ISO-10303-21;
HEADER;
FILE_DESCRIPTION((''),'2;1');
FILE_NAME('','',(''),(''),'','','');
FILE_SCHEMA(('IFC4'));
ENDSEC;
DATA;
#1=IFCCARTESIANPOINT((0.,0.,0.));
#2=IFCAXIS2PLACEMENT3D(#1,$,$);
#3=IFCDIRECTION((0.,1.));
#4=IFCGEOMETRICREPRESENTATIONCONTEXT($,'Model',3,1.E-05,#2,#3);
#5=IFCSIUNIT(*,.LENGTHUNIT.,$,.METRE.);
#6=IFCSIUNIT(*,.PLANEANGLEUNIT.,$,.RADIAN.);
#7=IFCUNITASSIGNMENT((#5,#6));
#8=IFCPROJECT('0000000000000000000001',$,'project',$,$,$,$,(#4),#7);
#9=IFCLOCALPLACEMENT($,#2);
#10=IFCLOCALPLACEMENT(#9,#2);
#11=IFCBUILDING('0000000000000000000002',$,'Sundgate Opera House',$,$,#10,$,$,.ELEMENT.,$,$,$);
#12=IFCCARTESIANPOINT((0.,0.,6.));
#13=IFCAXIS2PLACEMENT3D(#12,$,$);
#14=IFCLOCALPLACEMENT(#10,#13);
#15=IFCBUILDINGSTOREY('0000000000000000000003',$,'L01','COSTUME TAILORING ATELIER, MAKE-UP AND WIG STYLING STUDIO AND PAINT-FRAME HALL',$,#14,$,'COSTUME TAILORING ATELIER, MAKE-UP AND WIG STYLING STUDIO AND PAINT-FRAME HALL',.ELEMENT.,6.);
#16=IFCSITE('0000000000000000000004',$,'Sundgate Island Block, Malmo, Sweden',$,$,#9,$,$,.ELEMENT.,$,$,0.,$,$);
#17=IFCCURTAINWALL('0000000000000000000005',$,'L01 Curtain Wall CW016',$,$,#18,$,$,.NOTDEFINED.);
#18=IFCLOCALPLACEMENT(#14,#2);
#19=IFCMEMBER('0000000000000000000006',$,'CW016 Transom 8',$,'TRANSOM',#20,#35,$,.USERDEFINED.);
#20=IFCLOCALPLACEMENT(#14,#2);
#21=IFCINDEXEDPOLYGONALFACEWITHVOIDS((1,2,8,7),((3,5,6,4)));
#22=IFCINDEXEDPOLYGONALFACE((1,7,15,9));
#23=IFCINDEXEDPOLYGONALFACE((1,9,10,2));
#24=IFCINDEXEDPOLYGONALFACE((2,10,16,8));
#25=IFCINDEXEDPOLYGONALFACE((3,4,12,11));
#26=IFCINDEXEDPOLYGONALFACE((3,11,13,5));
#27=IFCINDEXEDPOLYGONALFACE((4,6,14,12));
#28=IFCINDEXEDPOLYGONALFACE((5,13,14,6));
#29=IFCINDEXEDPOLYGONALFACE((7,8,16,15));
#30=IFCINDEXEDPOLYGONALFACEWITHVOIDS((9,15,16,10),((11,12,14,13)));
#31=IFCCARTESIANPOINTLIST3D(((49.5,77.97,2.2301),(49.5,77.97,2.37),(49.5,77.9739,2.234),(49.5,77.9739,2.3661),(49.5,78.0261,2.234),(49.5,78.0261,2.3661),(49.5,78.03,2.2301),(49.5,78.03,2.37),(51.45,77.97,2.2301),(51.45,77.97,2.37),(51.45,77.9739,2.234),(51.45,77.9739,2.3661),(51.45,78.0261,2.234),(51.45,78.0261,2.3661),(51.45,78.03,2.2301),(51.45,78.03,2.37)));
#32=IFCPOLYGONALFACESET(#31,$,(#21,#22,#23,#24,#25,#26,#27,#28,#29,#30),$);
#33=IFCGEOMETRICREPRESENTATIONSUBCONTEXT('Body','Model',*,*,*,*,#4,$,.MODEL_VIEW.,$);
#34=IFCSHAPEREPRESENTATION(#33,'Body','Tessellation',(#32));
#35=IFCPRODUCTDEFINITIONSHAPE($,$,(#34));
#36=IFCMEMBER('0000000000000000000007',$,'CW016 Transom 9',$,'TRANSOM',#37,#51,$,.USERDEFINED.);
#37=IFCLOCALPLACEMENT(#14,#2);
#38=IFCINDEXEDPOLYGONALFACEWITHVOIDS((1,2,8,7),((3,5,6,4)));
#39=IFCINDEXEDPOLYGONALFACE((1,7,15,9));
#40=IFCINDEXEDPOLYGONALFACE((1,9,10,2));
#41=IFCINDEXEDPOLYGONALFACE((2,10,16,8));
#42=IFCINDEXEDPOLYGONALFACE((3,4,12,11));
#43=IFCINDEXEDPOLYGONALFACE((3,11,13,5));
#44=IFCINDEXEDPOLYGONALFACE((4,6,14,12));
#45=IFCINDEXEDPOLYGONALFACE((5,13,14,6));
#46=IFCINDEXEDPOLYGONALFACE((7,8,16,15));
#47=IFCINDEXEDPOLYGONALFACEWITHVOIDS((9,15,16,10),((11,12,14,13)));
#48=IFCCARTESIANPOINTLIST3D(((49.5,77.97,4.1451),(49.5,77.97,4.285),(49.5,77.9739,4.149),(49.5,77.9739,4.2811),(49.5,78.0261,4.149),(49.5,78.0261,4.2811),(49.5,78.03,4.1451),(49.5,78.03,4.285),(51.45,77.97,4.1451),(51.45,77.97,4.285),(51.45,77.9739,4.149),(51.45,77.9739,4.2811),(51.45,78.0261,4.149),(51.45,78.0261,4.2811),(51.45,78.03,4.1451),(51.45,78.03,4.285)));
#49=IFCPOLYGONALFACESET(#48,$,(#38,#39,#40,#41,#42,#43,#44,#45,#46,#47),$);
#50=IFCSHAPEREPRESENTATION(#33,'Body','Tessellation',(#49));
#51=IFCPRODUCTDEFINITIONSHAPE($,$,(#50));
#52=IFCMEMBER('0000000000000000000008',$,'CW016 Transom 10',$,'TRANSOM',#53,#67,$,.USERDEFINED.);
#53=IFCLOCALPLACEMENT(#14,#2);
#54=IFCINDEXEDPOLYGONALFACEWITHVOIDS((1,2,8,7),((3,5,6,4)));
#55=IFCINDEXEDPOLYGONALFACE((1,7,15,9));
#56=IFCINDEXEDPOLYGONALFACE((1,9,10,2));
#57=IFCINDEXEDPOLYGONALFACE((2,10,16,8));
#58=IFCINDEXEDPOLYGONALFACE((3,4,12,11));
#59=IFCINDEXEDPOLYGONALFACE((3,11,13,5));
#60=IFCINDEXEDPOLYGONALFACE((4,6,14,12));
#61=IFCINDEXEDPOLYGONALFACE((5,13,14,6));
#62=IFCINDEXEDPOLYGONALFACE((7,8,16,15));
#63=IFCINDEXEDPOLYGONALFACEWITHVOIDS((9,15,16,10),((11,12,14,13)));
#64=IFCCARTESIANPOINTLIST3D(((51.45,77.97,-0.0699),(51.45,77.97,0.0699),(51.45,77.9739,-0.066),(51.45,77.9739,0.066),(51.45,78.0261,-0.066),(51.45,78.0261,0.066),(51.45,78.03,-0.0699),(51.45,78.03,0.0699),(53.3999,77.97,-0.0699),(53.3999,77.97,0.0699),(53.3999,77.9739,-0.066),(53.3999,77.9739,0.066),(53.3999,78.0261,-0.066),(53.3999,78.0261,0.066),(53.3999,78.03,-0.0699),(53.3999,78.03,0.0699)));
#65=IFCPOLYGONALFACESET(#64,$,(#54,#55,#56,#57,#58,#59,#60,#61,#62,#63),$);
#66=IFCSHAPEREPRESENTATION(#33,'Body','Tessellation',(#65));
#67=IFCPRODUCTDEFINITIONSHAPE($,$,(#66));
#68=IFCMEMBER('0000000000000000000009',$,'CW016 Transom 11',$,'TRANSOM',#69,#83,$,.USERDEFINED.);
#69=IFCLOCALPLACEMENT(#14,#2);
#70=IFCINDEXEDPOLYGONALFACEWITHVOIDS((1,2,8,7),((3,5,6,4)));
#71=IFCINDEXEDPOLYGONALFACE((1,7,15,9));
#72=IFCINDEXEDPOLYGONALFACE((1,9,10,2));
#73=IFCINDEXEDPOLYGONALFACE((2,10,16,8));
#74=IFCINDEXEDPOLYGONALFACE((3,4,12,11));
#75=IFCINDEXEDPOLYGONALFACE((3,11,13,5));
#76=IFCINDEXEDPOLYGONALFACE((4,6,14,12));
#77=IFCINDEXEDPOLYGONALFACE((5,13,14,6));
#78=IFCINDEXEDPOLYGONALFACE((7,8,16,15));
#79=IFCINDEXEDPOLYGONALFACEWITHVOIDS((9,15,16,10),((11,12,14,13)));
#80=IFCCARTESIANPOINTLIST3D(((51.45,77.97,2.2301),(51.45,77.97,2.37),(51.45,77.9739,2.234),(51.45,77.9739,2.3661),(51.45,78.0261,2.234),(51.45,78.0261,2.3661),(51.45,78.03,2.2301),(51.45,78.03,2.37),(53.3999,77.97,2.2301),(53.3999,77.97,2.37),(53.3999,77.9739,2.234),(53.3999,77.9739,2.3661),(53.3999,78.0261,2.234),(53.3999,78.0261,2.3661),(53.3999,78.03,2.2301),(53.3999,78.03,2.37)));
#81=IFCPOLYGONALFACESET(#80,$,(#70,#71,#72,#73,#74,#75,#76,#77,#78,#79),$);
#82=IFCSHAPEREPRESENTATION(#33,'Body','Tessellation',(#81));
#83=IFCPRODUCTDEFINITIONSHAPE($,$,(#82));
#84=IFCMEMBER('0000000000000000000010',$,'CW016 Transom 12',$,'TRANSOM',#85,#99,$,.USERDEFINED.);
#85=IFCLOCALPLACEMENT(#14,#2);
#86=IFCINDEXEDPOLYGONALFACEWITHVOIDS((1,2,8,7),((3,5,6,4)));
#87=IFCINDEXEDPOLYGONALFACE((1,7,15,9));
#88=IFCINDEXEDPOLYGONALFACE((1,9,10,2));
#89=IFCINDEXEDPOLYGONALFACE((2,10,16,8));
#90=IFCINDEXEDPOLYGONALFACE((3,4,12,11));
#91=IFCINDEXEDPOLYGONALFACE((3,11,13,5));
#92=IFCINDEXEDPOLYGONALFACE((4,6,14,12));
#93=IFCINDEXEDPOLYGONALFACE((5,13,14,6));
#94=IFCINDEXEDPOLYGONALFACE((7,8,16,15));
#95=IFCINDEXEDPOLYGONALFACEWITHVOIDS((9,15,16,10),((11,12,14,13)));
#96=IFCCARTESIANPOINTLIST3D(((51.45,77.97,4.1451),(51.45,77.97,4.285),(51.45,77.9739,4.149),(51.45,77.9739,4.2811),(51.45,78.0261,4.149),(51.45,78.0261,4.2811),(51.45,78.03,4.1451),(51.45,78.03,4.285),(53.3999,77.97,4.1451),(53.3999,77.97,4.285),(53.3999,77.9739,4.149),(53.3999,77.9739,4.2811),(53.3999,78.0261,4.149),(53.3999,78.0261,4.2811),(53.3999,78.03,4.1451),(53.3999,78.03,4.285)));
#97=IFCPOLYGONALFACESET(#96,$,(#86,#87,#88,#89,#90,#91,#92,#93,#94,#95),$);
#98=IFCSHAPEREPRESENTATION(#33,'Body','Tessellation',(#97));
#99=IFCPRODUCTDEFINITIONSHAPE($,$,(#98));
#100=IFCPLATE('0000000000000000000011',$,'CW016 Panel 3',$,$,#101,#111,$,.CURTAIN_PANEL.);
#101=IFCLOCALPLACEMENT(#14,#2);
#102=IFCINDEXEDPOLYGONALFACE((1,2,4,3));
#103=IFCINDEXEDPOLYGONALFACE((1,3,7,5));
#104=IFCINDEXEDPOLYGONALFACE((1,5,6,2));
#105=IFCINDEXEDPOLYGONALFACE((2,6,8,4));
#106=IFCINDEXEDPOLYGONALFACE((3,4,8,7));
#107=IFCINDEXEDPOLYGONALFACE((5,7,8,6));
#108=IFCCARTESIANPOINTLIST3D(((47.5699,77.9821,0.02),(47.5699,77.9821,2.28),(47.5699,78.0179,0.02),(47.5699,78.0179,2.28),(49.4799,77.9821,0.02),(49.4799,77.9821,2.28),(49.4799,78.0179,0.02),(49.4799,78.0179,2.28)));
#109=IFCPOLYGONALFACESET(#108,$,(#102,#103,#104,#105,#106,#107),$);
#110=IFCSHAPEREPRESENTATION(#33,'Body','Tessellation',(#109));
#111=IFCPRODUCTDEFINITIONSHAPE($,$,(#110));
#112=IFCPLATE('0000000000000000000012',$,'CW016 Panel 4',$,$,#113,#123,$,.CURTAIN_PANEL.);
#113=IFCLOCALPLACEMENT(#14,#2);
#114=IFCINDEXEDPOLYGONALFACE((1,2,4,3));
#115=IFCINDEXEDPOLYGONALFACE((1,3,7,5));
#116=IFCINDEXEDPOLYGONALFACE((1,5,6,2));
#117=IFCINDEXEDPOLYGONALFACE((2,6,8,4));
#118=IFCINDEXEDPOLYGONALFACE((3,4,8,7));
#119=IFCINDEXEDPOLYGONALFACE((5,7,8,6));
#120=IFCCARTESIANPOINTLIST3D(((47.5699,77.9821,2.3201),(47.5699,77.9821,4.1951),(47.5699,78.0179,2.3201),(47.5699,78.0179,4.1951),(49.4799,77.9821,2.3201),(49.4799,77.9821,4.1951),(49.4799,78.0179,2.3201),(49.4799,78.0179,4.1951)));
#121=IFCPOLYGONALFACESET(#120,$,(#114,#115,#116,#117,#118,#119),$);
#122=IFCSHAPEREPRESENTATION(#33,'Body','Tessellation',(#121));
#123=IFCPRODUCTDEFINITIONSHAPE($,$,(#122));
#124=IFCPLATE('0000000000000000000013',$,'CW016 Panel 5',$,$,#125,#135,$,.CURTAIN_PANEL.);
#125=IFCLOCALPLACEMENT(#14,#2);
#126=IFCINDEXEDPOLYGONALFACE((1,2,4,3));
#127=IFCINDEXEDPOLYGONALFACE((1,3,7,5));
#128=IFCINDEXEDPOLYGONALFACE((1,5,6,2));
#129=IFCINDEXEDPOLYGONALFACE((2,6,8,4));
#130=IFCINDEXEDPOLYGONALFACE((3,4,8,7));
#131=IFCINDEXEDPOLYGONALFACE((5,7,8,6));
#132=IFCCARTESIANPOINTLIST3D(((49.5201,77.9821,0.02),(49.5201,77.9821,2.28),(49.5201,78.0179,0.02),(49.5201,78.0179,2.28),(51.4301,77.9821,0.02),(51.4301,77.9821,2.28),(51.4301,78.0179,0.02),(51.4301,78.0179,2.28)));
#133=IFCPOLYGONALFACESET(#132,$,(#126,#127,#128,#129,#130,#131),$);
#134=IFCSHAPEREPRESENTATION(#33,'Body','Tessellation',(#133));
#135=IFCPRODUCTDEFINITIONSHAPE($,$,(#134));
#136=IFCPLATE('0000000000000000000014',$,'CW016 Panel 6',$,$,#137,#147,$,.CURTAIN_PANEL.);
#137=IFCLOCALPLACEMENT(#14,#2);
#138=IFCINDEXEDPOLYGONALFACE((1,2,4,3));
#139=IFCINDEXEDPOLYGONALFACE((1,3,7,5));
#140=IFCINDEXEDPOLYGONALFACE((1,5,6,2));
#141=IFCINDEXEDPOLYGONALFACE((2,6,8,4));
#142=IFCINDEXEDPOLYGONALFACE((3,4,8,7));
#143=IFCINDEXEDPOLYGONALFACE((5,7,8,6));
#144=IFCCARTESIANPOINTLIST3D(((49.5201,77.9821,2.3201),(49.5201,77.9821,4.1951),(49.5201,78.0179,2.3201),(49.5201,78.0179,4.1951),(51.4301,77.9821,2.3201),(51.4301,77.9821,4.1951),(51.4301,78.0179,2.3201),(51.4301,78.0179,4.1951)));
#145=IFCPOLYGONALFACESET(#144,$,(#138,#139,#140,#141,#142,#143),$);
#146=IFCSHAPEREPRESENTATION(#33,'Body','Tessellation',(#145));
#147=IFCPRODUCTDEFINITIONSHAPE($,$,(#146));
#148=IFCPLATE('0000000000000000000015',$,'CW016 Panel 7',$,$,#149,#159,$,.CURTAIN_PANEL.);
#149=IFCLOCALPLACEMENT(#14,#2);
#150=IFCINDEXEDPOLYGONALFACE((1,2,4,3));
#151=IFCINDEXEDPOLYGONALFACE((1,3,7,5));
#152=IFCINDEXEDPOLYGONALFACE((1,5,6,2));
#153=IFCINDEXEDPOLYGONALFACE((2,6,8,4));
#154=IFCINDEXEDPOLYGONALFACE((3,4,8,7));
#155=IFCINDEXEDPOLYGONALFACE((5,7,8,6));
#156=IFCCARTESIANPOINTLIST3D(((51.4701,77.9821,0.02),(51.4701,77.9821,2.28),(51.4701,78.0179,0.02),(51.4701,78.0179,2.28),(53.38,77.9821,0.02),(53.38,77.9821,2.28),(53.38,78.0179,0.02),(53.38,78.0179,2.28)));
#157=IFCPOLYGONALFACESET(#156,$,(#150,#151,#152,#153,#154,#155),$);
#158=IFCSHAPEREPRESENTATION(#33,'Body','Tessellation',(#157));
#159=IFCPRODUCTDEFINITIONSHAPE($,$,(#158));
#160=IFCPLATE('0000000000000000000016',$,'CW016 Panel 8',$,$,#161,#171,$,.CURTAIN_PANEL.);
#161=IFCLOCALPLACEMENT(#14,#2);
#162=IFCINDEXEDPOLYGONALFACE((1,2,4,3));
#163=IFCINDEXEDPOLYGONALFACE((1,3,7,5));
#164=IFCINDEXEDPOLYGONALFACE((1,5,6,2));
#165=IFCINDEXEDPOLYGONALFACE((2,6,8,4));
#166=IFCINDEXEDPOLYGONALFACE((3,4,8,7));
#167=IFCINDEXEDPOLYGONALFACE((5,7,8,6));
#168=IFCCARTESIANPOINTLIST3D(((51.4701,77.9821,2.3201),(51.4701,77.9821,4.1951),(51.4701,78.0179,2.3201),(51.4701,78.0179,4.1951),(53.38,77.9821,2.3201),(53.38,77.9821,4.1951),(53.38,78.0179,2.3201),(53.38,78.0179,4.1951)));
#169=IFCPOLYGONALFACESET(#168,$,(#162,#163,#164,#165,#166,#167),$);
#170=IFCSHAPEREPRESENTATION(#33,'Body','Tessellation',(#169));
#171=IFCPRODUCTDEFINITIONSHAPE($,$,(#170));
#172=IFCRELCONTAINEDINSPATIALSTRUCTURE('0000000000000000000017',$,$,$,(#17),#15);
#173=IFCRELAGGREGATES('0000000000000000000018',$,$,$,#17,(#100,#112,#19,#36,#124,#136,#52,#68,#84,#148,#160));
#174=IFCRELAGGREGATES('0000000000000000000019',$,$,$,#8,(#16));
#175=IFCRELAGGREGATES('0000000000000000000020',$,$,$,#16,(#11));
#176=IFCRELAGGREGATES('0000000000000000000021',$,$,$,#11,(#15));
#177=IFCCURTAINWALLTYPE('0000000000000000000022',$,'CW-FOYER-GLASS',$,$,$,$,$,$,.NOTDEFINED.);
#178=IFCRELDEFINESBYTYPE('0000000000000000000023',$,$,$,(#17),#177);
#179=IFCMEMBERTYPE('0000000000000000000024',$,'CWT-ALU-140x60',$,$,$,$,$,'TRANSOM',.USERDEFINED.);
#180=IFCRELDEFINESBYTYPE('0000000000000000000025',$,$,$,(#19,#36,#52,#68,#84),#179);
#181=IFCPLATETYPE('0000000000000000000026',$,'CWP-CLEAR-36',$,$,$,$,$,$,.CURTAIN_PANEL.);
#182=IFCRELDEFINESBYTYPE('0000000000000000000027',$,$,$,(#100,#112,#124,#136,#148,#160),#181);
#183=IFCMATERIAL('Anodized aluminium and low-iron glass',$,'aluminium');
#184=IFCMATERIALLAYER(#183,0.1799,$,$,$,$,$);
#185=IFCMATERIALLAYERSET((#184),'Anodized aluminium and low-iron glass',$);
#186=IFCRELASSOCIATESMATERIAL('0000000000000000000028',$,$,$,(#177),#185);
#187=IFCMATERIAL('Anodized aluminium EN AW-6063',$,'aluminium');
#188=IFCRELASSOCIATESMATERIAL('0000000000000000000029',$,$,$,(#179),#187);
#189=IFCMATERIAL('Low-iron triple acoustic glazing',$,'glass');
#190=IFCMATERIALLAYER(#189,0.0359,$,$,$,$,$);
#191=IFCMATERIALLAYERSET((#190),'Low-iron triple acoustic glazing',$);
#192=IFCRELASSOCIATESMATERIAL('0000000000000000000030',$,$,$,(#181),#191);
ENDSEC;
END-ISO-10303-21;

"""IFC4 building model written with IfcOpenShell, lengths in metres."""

from ifc_helpers import new_model, si_unit, direction, frame, origin, origin_2d, place, context, subcontext, project, spatial, rectangle, hollow_rectangle, extrude, material, layer, layer_set, material_profile, profile_set, type_object, element, aggregate, save


model = new_model("IFC4")

# Units and contexts
model_context = context("Model", 3, precision=1e-05, world=origin(), true_north=direction((0.0, 1.0)))
body_context = subcontext(model_context, "Body", "Model", "MODEL_VIEW")
ifc_project = project(units=[si_unit("LENGTHUNIT", "METRE"), si_unit("PLANEANGLEUNIT", "RADIAN")], contexts=[model_context])

# Site, building, storey
site_placement = place(None, origin())
site = spatial("IfcSite", under=ifc_project, at=site_placement, Name="Sundgate Island Block, Malmo, Sweden", CompositionType="ELEMENT", RefElevation=0.0)
building_placement = place(site_placement, origin())
building = spatial("IfcBuilding", under=site, at=building_placement, Name="Sundgate Opera House", CompositionType="ELEMENT")
storey_placement = place(building_placement, frame((0.0, 0.0, 6.0)))
storey = spatial("IfcBuildingStorey", under=building, at=storey_placement, Name="L01", Description="COSTUME TAILORING ATELIER, MAKE-UP AND WIG STYLING STUDIO AND PAINT-FRAME HALL", LongName="COSTUME TAILORING ATELIER, MAKE-UP AND WIG STYLING STUDIO AND PAINT-FRAME HALL", CompositionType="ELEMENT", Elevation=6.0)

# Curtain wall
ifc_material_1 = material(Name="Anodized aluminium and low-iron glass", Category="aluminium")
ifc_layer_1 = layer(ifc_material_1, 0.1799)
ifc_layer_set_1 = layer_set([ifc_layer_1], Name="Anodized aluminium and low-iron glass")
curtain_wall_type = type_object("IfcCurtainWallType", Name="CW-FOYER-GLASS", PredefinedType="NOTDEFINED", material=ifc_layer_set_1)
curtain_wall_1_placement = place(storey_placement, origin())
curtain_wall_1 = element("IfcCurtainWall", 1, at=curtain_wall_1_placement, inside=storey, type_object=curtain_wall_type, Name="L01 Curtain Wall CW016", PredefinedType="NOTDEFINED")

# Members
ifc_material_2 = material(Name="Anodized aluminium EN AW-6063", Category="aluminium")
ifc_material_profile_1 = material_profile(ifc_material_2, hollow_rectangle(XDim=0.0601, YDim=0.1399, WallThickness=0.0039, at=origin_2d()), Name="CWT 140x60x4")
ifc_profile_set_1 = profile_set([ifc_material_profile_1], Name="Anodized aluminium EN AW-6063")
member_type_1 = type_object("IfcMemberType", Name="CWT-ALU-140x60", ElementType="TRANSOM", PredefinedType="USERDEFINED", material=ifc_profile_set_1)
member_1_placement = place(storey_placement, frame((49.5, 78.0, 2.3), z_axis=(1.0, 0.0, 0.0), x_axis=(0.0, 1.0, 0.0)))
member_1 = element("IfcMember", 2, at=member_1_placement, type_object=member_type_1, Name="CW016 Transom 8", ObjectType="TRANSOM", PredefinedType="USERDEFINED", context=body_context, shape_type="SweptSolid", body=[
    extrude(hollow_rectangle(XDim=0.0601, YDim=0.1399, WallThickness=0.0039, at=origin_2d()), origin(), (0.0, 0.0, 1.0), 1.95),
])
member_2_placement = place(storey_placement, frame((49.5, 78.0, 4.2151), z_axis=(1.0, 0.0, 0.0), x_axis=(0.0, 1.0, 0.0)))
member_2 = element("IfcMember", 3, at=member_2_placement, type_object=member_type_1, Name="CW016 Transom 9", ObjectType="TRANSOM", PredefinedType="USERDEFINED", context=body_context, shape_type="SweptSolid", body=[
    extrude(hollow_rectangle(XDim=0.0601, YDim=0.1399, WallThickness=0.0039, at=origin_2d()), origin(), (0.0, 0.0, 1.0), 1.95),
])
member_3_placement = place(storey_placement, frame((51.45, 78.0, 0.0), z_axis=(1.0, 0.0, 0.0), x_axis=(0.0, 1.0, 0.0)))
member_3 = element("IfcMember", 4, at=member_3_placement, type_object=member_type_1, Name="CW016 Transom 10", ObjectType="TRANSOM", PredefinedType="USERDEFINED", context=body_context, shape_type="SweptSolid", body=[
    extrude(hollow_rectangle(XDim=0.0601, YDim=0.1399, WallThickness=0.0039, at=origin_2d()), origin(), (0.0, 0.0, 1.0), 1.95),
])
member_4_placement = place(storey_placement, frame((51.45, 78.0, 2.3), z_axis=(1.0, 0.0, 0.0), x_axis=(0.0, 1.0, 0.0)))
member_4 = element("IfcMember", 5, at=member_4_placement, type_object=member_type_1, Name="CW016 Transom 11", ObjectType="TRANSOM", PredefinedType="USERDEFINED", context=body_context, shape_type="SweptSolid", body=[
    extrude(hollow_rectangle(XDim=0.0601, YDim=0.1399, WallThickness=0.0039, at=origin_2d()), origin(), (0.0, 0.0, 1.0), 1.95),
])
member_5_placement = place(storey_placement, frame((51.45, 78.0, 4.2151), z_axis=(1.0, 0.0, 0.0), x_axis=(0.0, 1.0, 0.0)))
member_5 = element("IfcMember", 6, at=member_5_placement, type_object=member_type_1, Name="CW016 Transom 12", ObjectType="TRANSOM", PredefinedType="USERDEFINED", context=body_context, shape_type="SweptSolid", body=[
    extrude(hollow_rectangle(XDim=0.0601, YDim=0.1399, WallThickness=0.0039, at=origin_2d()), origin(), (0.0, 0.0, 1.0), 1.95),
])

# Plates
ifc_material_3 = material(Name="Low-iron triple acoustic glazing", Category="glass")
ifc_layer_2 = layer(ifc_material_3, 0.0359)
ifc_layer_set_2 = layer_set([ifc_layer_2], Name="Low-iron triple acoustic glazing")
plate_type = type_object("IfcPlateType", Name="CWP-CLEAR-36", PredefinedType="CURTAIN_PANEL", material=ifc_layer_set_2)
plate_1_placement = place(storey_placement, frame((48.5249, 78.0, 0.02), z_axis=(0.0, 0.0, 1.0), x_axis=(1.0, 0.0, 0.0)))
plate_1 = element("IfcPlate", 7, at=plate_1_placement, type_object=plate_type, Name="CW016 Panel 3", PredefinedType="CURTAIN_PANEL", context=body_context, shape_type="SweptSolid", body=[
    extrude(rectangle(XDim=1.9099, YDim=0.0359, at=origin_2d()), origin(), (0.0, 0.0, 1.0), 2.26),
])
plate_2_placement = place(storey_placement, frame((48.5249, 78.0, 2.3201), z_axis=(0.0, 0.0, 1.0), x_axis=(1.0, 0.0, 0.0)))
plate_2 = element("IfcPlate", 8, at=plate_2_placement, type_object=plate_type, Name="CW016 Panel 4", PredefinedType="CURTAIN_PANEL", context=body_context, shape_type="SweptSolid", body=[
    extrude(rectangle(XDim=1.9099, YDim=0.0359, at=origin_2d()), origin(), (0.0, 0.0, 1.0), 1.875),
])
plate_3_placement = place(storey_placement, frame((50.4751, 78.0, 0.02), z_axis=(0.0, 0.0, 1.0), x_axis=(1.0, 0.0, 0.0)))
plate_3 = element("IfcPlate", 9, at=plate_3_placement, type_object=plate_type, Name="CW016 Panel 5", PredefinedType="CURTAIN_PANEL", context=body_context, shape_type="SweptSolid", body=[
    extrude(rectangle(XDim=1.9099, YDim=0.0359, at=origin_2d()), origin(), (0.0, 0.0, 1.0), 2.26),
])
plate_4_placement = place(storey_placement, frame((50.4751, 78.0, 2.3201), z_axis=(0.0, 0.0, 1.0), x_axis=(1.0, 0.0, 0.0)))
plate_4 = element("IfcPlate", 10, at=plate_4_placement, type_object=plate_type, Name="CW016 Panel 6", PredefinedType="CURTAIN_PANEL", context=body_context, shape_type="SweptSolid", body=[
    extrude(rectangle(XDim=1.9099, YDim=0.0359, at=origin_2d()), origin(), (0.0, 0.0, 1.0), 1.875),
])
plate_5_placement = place(storey_placement, frame((52.425, 78.0, 0.02), z_axis=(0.0, 0.0, 1.0), x_axis=(1.0, 0.0, 0.0)))
plate_5 = element("IfcPlate", 11, at=plate_5_placement, type_object=plate_type, Name="CW016 Panel 7", PredefinedType="CURTAIN_PANEL", context=body_context, shape_type="SweptSolid", body=[
    extrude(rectangle(XDim=1.9099, YDim=0.0359, at=origin_2d()), origin(), (0.0, 0.0, 1.0), 2.26),
])
plate_6_placement = place(storey_placement, frame((52.425, 78.0, 2.3201), z_axis=(0.0, 0.0, 1.0), x_axis=(1.0, 0.0, 0.0)))
plate_6 = element("IfcPlate", 12, at=plate_6_placement, type_object=plate_type, Name="CW016 Panel 8", PredefinedType="CURTAIN_PANEL", context=body_context, shape_type="SweptSolid", body=[
    extrude(rectangle(XDim=1.9099, YDim=0.0359, at=origin_2d()), origin(), (0.0, 0.0, 1.0), 1.875),
])
aggregate(curtain_wall_1, [plate_1, plate_2, member_1, member_2, plate_3, plate_4, member_3, member_4, member_5, plate_5, plate_6])

save(model, "model.ifc")
